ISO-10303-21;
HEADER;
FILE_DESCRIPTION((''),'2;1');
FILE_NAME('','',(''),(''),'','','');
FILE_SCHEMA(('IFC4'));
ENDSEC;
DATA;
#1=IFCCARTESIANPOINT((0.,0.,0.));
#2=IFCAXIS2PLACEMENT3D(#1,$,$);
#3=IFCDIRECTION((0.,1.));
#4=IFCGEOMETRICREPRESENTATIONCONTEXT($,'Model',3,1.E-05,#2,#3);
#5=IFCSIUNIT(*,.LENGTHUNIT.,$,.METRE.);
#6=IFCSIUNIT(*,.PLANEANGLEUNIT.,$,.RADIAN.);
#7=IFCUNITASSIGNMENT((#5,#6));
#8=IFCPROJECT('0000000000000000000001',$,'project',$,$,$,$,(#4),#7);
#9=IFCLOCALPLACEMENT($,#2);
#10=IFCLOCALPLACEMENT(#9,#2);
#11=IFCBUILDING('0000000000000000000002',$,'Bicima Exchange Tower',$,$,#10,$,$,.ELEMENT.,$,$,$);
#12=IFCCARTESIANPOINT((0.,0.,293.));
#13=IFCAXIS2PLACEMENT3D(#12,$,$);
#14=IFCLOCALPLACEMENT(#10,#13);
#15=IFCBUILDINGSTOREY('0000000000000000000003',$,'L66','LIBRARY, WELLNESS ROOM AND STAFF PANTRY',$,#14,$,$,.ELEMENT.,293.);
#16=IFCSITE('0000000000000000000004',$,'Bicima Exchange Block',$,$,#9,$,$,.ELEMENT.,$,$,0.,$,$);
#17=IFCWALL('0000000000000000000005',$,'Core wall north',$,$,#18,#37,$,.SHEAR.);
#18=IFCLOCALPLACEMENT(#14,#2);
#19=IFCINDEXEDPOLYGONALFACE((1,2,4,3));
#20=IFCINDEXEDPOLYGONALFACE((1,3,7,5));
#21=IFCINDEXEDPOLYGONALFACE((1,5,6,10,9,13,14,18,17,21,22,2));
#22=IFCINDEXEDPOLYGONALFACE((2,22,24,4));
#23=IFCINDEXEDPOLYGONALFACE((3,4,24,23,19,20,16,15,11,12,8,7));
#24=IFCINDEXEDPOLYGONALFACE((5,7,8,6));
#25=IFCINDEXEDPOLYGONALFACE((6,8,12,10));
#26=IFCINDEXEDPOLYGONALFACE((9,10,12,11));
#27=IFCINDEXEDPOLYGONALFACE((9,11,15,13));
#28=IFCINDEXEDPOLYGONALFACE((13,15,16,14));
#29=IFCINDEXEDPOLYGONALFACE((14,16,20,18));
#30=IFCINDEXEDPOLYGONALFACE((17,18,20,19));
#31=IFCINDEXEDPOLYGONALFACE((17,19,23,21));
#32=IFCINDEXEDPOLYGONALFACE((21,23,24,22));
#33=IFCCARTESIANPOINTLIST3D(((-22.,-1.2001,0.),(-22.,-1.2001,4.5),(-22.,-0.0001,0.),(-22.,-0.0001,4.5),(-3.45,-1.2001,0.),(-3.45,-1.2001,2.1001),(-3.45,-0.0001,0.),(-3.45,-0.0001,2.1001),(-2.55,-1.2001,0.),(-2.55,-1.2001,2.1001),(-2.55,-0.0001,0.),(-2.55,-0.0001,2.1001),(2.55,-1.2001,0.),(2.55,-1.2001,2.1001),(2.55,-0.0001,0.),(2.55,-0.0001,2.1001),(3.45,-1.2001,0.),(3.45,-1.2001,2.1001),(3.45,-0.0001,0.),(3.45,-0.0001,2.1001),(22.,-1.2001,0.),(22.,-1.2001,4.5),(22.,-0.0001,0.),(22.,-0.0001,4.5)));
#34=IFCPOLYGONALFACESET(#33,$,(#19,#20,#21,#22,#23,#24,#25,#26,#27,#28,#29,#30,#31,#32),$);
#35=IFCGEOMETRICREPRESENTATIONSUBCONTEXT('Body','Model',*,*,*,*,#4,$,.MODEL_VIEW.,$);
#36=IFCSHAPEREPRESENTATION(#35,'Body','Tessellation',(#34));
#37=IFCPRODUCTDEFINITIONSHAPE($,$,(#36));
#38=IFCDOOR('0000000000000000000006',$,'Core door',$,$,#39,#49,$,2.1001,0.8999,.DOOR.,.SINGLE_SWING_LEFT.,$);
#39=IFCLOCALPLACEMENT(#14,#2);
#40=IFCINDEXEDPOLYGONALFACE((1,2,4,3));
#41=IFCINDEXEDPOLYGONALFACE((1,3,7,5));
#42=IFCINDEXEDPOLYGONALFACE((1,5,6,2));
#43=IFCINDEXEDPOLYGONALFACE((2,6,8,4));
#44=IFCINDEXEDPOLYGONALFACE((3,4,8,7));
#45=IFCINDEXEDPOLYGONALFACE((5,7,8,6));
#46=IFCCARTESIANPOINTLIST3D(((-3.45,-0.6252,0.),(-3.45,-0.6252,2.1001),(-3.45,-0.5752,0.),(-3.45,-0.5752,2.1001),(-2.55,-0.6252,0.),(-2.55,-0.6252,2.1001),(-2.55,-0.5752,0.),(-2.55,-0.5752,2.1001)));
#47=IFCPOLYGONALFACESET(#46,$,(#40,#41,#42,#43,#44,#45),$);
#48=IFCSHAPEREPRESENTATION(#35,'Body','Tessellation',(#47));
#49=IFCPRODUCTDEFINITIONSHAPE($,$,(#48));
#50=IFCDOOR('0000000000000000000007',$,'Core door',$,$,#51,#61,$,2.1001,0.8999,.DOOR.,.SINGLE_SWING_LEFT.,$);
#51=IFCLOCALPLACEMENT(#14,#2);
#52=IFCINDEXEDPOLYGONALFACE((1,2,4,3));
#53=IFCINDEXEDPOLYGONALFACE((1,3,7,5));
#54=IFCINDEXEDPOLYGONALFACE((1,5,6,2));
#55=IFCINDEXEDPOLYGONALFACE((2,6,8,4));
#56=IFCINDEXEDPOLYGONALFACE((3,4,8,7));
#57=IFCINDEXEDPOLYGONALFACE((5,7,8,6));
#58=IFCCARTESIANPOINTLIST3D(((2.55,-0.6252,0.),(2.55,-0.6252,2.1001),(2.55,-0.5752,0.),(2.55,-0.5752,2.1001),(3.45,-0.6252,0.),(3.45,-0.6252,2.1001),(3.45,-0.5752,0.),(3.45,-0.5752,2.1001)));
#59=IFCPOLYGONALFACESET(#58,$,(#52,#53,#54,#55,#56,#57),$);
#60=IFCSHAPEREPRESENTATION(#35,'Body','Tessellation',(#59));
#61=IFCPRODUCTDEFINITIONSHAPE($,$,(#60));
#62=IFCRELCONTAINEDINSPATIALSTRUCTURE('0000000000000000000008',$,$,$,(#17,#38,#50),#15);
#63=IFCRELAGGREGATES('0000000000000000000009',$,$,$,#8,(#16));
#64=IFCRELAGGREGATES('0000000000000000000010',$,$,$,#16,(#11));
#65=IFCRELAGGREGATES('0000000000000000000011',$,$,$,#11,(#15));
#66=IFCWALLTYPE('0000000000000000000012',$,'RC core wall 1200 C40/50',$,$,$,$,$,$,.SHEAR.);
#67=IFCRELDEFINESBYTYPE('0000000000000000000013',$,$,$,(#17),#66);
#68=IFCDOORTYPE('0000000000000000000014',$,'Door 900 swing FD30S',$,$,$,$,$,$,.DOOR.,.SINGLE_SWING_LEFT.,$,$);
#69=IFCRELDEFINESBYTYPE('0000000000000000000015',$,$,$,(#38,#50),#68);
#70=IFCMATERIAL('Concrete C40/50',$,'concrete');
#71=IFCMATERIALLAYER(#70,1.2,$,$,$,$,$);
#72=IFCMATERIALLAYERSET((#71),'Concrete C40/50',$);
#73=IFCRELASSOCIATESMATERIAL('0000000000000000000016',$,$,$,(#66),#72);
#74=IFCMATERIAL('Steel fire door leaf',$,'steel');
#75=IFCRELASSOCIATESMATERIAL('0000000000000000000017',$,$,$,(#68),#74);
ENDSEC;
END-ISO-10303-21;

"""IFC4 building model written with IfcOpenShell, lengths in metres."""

from ifc_helpers import new_model, si_unit, direction, frame, frame_2d, origin, place, context, subcontext, project, spatial, rectangle, extrude, material, layer, layer_set, type_object, element, fill, save


model = new_model("IFC4")

# Units and contexts
model_context = context("Model", 3, precision=1e-05, world=origin(), true_north=direction((0.0, 1.0)))
body_context = subcontext(model_context, "Body", "Model", "MODEL_VIEW")
ifc_project = project(units=[si_unit("LENGTHUNIT", "METRE"), si_unit("PLANEANGLEUNIT", "RADIAN")], contexts=[model_context])

# Site, building, storey
site_placement = place(None, origin())
site = spatial("IfcSite", under=ifc_project, at=site_placement, Name="Bicima Exchange Block", CompositionType="ELEMENT", RefElevation=0.0)
building_placement = place(site_placement, origin())
building = spatial("IfcBuilding", under=site, at=building_placement, Name="Bicima Exchange Tower", CompositionType="ELEMENT")
storey_placement = place(building_placement, frame((0.0, 0.0, 293.0)))
storey = spatial("IfcBuildingStorey", under=building, at=storey_placement, Name="L66", Description="LIBRARY, WELLNESS ROOM AND STAFF PANTRY", CompositionType="ELEMENT", Elevation=293.0)

# Wall, openings, doors
ifc_material_1 = material(Name="Concrete C40/50", Category="concrete")
ifc_layer_1 = layer(ifc_material_1, 1.2)
ifc_layer_set_1 = layer_set([ifc_layer_1], Name="Concrete C40/50")
wall_type_1 = type_object("IfcWallType", Name="RC core wall 1200 C40/50", PredefinedType="SHEAR", material=ifc_layer_set_1)
wall_1_placement = place(storey_placement, frame((-22.0, -0.6001, 0.0), z_axis=(0.0, 0.0, 1.0), x_axis=(1.0, 0.0, 0.0)))
wall_1 = element("IfcWall", 1, at=wall_1_placement, inside=storey, type_object=wall_type_1, Name="Core wall north", PredefinedType="SHEAR", context=body_context, shape_type="SweptSolid", body=[
    extrude(rectangle(XDim=44.0, YDim=1.2, at=frame_2d((22.0, 0.0))), origin(), (0.0, 0.0, 1.0), 4.5),
])
opening_1_placement = place(wall_1_placement, frame((18.55, 0.0, 0.0)))
opening_1 = element("IfcOpeningElement", 2, at=opening_1_placement, cuts=wall_1, PredefinedType="OPENING", context=body_context, shape_type="SweptSolid", body=[
    extrude(rectangle(XDim=0.8999, YDim=2.1001, at=frame_2d((0.45, 1.05))), frame((0.0, 0.6118, 0.0), z_axis=(0.0, -1.0, 0.0), x_axis=(1.0, 0.0, 0.0)), (0.0, 0.0, 1.0), 1.2239),
])
opening_2_placement = place(wall_1_placement, frame((24.55, 0.0, 0.0)))
opening_2 = element("IfcOpeningElement", 3, at=opening_2_placement, cuts=wall_1, PredefinedType="OPENING", context=body_context, shape_type="SweptSolid", body=[
    extrude(rectangle(XDim=0.8999, YDim=2.1001, at=frame_2d((0.45, 1.05))), frame((0.0, 0.6118, 0.0), z_axis=(0.0, -1.0, 0.0), x_axis=(1.0, 0.0, 0.0)), (0.0, 0.0, 1.0), 1.2239),
])
ifc_material_2 = material(Name="Steel fire door leaf", Category="steel")
door_type_1 = type_object("IfcDoorType", Name="Door 900 swing FD30S", OperationType="SINGLE_SWING_LEFT", PredefinedType="DOOR", material=ifc_material_2)
door_1_placement = place(opening_1_placement, origin())
door_1 = element("IfcDoor", 4, at=door_1_placement, inside=storey, type_object=door_type_1, Name="Core door", OperationType="SINGLE_SWING_LEFT", OverallHeight=2.1001, OverallWidth=0.8999, PredefinedType="DOOR", context=body_context, shape_type="SweptSolid", body=[
    extrude(rectangle(XDim=0.8999, YDim=2.1001, at=frame_2d((0.45, 1.05))), frame((0.0, 0.0249, 0.0), z_axis=(0.0, -1.0, 0.0), x_axis=(1.0, 0.0, 0.0)), (0.0, 0.0, 1.0), 0.05),
])
fill(opening_1, door_1)
door_2_placement = place(opening_2_placement, origin())
door_2 = element("IfcDoor", 5, at=door_2_placement, inside=storey, type_object=door_type_1, Name="Core door", OperationType="SINGLE_SWING_LEFT", OverallHeight=2.1001, OverallWidth=0.8999, PredefinedType="DOOR", context=body_context, shape_type="SweptSolid", body=[
    extrude(rectangle(XDim=0.8999, YDim=2.1001, at=frame_2d((0.45, 1.05))), frame((0.0, 0.0249, 0.0), z_axis=(0.0, -1.0, 0.0), x_axis=(1.0, 0.0, 0.0)), (0.0, 0.0, 1.0), 0.05),
])
fill(opening_2, door_2)

save(model, "model.ifc")
